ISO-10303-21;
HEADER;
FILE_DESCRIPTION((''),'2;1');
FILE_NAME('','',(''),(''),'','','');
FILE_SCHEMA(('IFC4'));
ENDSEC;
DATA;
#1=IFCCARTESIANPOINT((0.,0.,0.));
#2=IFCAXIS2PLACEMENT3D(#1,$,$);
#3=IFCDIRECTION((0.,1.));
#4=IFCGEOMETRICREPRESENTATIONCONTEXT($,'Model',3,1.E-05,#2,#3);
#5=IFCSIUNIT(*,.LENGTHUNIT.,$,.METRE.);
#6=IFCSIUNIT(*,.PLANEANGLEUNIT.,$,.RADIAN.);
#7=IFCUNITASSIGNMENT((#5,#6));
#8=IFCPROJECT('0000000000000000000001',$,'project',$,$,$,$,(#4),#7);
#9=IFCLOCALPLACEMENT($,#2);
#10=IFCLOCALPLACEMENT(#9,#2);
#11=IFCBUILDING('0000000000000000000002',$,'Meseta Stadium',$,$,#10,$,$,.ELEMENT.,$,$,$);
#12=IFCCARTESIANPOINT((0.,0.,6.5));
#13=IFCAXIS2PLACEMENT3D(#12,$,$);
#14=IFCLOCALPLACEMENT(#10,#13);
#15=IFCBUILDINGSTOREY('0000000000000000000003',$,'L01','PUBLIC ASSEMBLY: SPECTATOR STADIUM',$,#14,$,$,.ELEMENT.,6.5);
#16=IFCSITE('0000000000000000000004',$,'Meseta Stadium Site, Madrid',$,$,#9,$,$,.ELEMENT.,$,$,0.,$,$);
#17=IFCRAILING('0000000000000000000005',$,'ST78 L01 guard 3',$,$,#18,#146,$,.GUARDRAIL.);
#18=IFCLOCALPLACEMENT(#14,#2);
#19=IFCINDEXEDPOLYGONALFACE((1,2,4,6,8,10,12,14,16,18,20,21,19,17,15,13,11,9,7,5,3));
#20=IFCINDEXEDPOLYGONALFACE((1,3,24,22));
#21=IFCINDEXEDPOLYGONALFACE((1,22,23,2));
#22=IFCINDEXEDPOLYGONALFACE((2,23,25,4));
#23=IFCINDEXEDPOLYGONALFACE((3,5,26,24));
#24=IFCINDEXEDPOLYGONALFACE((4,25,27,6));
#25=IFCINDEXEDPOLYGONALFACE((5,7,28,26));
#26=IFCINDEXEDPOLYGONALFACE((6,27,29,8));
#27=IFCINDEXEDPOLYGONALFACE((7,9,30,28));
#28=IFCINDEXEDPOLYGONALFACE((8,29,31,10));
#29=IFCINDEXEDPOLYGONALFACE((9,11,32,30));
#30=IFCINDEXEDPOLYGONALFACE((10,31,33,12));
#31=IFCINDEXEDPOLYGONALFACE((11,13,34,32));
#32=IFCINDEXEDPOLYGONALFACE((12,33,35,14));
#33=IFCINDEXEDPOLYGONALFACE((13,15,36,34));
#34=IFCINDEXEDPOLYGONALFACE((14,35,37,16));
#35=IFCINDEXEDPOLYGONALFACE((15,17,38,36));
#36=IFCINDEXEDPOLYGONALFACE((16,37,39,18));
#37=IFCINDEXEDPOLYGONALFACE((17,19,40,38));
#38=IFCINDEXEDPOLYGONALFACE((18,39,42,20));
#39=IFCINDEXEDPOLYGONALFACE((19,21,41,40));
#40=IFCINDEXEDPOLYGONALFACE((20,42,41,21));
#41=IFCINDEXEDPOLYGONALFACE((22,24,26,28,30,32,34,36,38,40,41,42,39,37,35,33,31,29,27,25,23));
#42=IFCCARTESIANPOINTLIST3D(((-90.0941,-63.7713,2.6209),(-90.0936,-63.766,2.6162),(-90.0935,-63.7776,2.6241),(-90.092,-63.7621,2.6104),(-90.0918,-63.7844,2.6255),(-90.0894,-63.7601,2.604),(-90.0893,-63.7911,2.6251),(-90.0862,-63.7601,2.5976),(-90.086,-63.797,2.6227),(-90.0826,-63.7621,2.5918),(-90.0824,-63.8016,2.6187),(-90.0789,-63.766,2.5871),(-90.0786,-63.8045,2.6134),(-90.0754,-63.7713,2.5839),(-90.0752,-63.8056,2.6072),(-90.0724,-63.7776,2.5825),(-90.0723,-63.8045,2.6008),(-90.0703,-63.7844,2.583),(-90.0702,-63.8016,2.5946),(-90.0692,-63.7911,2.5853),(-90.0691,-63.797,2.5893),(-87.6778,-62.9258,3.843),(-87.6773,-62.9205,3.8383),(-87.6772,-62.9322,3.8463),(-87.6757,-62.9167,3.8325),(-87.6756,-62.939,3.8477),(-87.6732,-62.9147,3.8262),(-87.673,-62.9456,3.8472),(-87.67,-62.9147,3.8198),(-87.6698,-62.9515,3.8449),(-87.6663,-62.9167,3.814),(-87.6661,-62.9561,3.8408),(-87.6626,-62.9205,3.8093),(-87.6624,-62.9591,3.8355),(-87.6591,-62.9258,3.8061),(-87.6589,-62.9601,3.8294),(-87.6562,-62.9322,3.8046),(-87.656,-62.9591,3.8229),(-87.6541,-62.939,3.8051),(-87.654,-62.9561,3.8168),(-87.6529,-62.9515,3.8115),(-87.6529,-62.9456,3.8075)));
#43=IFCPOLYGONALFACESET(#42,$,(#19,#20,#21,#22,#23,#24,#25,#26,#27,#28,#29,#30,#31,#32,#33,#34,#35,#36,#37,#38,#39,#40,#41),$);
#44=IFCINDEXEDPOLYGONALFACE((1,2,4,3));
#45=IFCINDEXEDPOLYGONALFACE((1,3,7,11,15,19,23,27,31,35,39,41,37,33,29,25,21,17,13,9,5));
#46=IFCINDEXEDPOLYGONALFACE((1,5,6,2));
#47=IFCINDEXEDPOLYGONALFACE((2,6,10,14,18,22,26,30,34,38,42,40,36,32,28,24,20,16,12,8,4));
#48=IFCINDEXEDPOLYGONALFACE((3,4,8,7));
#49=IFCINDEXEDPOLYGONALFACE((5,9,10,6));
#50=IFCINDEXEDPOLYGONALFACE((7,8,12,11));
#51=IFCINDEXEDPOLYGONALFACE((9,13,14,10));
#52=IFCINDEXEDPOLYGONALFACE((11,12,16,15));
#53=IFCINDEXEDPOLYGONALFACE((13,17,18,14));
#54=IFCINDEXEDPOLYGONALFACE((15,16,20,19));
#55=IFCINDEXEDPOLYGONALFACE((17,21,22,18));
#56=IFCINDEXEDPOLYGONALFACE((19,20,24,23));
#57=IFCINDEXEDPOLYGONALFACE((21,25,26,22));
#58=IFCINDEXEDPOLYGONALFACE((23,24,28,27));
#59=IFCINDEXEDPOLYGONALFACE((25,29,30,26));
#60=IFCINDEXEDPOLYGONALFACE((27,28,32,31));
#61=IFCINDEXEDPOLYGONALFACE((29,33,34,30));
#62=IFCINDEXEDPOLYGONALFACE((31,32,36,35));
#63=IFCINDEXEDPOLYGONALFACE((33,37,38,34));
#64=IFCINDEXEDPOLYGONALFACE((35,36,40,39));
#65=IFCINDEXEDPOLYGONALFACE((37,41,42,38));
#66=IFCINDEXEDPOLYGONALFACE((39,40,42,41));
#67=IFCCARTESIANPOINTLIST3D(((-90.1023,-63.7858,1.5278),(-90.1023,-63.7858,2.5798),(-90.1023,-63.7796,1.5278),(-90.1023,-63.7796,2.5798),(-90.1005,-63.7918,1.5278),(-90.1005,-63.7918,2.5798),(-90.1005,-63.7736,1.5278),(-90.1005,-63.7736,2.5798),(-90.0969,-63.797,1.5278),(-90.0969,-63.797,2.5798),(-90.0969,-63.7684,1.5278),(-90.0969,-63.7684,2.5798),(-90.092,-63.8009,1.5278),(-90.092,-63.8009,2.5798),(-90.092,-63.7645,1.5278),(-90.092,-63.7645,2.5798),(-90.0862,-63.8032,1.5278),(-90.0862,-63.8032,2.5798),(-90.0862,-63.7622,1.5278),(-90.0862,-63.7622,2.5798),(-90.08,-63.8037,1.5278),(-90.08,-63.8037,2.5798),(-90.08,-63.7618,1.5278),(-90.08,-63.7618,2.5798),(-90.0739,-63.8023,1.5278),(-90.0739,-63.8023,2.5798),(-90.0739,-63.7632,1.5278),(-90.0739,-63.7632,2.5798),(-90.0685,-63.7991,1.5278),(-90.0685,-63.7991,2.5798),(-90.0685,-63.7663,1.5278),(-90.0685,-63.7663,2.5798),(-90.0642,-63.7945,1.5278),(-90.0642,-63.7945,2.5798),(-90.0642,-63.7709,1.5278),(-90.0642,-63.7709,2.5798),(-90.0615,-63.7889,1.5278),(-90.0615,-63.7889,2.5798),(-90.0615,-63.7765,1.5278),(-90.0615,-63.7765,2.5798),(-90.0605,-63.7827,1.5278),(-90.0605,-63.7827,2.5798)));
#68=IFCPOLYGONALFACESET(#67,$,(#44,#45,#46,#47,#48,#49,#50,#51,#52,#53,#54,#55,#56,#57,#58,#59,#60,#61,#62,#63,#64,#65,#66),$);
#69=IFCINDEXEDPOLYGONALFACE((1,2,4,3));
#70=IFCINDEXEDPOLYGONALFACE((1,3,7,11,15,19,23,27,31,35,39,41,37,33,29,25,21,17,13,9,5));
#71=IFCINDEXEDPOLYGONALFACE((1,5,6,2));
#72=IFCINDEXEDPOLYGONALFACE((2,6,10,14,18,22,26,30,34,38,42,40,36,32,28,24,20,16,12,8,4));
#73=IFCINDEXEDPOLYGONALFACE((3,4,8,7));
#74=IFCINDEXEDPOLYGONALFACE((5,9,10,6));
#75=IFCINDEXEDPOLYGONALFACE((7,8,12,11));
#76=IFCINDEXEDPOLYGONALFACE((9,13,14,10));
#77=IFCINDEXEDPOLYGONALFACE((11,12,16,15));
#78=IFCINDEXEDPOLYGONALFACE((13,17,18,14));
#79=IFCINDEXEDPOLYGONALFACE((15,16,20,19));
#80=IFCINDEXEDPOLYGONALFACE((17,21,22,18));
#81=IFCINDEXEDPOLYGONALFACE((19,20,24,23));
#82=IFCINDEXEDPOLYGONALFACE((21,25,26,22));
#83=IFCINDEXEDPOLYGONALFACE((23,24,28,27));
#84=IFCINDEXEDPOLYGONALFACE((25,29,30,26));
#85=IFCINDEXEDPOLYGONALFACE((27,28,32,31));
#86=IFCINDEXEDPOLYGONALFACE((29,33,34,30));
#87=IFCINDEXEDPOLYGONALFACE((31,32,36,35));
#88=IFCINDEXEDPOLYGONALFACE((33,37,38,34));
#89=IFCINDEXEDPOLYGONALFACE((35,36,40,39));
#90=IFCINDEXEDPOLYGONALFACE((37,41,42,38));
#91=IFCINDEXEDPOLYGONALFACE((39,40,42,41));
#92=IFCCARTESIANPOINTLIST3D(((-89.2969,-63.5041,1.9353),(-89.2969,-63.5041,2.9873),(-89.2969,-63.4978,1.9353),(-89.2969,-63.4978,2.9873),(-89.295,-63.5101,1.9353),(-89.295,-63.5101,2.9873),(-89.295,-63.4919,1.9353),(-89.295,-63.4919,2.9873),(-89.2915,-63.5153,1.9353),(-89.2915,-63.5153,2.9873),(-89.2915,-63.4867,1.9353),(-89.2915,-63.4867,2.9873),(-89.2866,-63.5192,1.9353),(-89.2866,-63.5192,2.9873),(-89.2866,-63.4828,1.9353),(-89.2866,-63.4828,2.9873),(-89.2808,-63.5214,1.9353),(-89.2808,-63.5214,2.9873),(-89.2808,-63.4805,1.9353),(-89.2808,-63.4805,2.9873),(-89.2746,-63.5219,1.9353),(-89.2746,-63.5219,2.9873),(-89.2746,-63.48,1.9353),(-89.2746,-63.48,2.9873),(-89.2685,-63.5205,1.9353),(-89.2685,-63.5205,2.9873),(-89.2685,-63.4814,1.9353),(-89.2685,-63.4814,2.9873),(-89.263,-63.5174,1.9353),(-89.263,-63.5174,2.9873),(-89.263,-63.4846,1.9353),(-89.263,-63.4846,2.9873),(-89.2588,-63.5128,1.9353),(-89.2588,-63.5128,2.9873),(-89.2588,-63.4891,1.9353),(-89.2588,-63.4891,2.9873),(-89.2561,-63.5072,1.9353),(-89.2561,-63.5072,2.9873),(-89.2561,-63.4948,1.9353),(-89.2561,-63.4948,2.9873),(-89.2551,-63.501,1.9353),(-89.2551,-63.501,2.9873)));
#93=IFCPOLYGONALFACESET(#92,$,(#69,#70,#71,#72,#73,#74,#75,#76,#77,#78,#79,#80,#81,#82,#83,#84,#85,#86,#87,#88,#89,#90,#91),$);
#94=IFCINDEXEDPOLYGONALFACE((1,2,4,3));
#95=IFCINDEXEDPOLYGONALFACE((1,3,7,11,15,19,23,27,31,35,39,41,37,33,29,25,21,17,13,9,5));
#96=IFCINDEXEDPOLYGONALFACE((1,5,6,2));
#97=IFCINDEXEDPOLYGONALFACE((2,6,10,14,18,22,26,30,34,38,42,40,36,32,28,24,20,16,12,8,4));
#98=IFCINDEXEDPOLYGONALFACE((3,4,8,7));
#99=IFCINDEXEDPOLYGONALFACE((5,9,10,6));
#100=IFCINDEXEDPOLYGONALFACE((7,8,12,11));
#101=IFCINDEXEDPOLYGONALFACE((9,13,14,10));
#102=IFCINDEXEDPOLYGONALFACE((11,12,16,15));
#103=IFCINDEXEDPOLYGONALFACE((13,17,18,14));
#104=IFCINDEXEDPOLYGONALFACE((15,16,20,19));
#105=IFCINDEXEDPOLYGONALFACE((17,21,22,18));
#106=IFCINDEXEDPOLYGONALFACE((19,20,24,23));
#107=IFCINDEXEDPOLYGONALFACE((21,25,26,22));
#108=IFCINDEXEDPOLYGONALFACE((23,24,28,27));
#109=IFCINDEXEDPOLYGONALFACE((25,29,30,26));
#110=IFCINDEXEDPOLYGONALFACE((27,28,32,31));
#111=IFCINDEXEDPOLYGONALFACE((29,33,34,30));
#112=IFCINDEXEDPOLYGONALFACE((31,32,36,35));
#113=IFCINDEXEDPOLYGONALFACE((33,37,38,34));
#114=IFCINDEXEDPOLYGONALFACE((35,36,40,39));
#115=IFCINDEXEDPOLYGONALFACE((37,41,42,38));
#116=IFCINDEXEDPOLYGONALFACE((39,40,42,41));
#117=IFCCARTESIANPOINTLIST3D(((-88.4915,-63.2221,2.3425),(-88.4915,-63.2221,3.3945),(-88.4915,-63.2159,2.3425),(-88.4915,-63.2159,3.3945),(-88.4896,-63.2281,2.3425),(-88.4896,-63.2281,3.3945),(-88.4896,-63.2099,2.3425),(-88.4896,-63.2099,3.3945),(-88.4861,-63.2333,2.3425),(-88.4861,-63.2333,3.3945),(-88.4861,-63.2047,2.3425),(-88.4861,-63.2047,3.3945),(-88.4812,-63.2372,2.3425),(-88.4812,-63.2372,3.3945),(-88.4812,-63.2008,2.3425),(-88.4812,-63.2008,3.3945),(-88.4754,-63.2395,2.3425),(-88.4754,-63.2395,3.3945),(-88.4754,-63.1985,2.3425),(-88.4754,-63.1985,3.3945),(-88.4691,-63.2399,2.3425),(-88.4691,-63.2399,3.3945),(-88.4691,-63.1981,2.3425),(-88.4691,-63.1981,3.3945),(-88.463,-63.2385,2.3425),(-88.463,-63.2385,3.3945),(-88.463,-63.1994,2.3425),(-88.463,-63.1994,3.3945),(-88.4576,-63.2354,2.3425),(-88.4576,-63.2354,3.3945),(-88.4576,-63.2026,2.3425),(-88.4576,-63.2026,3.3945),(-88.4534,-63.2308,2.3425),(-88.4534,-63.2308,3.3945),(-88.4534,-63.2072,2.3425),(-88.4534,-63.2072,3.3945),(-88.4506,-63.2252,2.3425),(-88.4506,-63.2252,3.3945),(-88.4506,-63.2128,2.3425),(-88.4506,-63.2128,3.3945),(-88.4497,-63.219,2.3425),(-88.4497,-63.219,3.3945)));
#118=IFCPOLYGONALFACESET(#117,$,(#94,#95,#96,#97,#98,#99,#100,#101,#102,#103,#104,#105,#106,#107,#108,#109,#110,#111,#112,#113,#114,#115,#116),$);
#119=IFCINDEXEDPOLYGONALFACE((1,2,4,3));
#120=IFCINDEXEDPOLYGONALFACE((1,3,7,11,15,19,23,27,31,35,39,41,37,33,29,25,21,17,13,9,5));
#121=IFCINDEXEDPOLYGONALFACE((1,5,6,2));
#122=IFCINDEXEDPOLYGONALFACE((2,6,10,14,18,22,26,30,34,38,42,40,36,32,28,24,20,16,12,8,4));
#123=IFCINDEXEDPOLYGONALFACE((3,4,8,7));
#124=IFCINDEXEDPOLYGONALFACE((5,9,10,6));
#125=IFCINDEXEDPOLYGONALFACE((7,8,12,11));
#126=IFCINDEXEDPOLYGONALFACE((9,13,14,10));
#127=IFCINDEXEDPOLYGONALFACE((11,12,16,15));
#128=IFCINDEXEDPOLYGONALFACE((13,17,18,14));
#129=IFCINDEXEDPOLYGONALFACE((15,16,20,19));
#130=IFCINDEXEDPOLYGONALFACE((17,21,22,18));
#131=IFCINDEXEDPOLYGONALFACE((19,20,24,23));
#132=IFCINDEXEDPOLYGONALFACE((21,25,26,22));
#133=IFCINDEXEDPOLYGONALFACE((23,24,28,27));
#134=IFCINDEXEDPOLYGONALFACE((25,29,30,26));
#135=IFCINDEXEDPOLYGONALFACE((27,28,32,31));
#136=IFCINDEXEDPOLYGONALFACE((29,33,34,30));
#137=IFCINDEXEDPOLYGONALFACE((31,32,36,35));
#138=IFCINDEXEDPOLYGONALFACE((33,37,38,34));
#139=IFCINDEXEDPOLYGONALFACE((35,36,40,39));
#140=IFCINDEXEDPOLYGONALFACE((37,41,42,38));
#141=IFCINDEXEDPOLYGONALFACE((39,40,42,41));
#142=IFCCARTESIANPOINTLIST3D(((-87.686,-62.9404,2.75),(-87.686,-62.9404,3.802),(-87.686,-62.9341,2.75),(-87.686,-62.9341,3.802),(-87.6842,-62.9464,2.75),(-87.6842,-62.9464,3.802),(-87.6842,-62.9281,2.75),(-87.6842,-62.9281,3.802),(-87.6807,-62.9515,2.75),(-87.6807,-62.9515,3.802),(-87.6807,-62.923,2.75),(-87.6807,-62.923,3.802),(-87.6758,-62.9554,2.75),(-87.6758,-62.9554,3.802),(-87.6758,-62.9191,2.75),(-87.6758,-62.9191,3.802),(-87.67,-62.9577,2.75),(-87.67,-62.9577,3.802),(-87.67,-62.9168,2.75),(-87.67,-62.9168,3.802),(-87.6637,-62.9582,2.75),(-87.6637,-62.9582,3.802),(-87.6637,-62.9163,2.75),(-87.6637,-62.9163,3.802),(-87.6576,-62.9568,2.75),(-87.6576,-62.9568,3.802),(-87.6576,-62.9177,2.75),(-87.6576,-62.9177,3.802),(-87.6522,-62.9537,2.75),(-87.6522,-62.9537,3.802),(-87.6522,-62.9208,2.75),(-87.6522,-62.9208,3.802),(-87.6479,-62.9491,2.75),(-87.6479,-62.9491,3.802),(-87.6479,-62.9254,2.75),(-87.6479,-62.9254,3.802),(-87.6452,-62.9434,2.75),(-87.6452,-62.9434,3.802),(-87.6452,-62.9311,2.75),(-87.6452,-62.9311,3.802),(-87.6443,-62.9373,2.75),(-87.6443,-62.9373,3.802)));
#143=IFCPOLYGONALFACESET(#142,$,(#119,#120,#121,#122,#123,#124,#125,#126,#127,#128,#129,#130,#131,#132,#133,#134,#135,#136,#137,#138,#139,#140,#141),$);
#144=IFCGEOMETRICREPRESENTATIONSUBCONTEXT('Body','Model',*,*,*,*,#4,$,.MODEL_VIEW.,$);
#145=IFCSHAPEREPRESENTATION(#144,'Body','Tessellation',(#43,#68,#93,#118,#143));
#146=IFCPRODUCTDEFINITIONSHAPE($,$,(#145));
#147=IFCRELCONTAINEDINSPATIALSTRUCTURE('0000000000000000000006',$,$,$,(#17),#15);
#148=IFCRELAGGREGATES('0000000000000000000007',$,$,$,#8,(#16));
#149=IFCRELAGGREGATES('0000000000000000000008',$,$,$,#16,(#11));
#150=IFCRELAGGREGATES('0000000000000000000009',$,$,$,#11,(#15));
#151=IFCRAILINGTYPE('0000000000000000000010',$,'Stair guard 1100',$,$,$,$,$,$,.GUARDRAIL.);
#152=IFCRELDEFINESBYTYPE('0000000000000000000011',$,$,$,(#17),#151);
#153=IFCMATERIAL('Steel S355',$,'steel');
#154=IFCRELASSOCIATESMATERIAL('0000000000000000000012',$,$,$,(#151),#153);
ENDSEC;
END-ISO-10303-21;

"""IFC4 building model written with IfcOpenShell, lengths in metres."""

from ifc_helpers import new_model, si_unit, direction, frame, origin, origin_2d, place, context, subcontext, project, spatial, circle, extrude, material, type_object, element, save


model = new_model("IFC4")

# Units and contexts
model_context = context("Model", 3, precision=1e-05, world=origin(), true_north=direction((0.0, 1.0)))
body_context = subcontext(model_context, "Body", "Model", "MODEL_VIEW")
ifc_project = project(units=[si_unit("LENGTHUNIT", "METRE"), si_unit("PLANEANGLEUNIT", "RADIAN")], contexts=[model_context])

# Site, building, storey
site_placement = place(None, origin())
site = spatial("IfcSite", under=ifc_project, at=site_placement, Name="Meseta Stadium Site, Madrid", CompositionType="ELEMENT", RefElevation=0.0)
building_placement = place(site_placement, origin())
building = spatial("IfcBuilding", under=site, at=building_placement, Name="Meseta Stadium", CompositionType="ELEMENT")
storey_placement = place(building_placement, frame((0.0, 0.0, 6.5)))
storey = spatial("IfcBuildingStorey", under=building, at=storey_placement, Name="L01", Description="PUBLIC ASSEMBLY: SPECTATOR STADIUM", CompositionType="ELEMENT", Elevation=6.5)

# Railing
ifc_material_1 = material(Name="Steel S355", Category="steel")
railing_type_1 = type_object("IfcRailingType", Name="Stair guard 1100", PredefinedType="GUARDRAIL", material=ifc_material_1)
railing_1_placement = place(storey_placement, frame((-90.0815, -63.7827, 1.5278)))
element("IfcRailing", 1, at=railing_1_placement, inside=storey, type_object=railing_type_1, Name="ST78 L01 guard 3", PredefinedType="GUARDRAIL", context=body_context, shape_type="SweptSolid", body=[
    extrude(circle(Radius=0.0239, at=origin_2d()), frame((0.0, 0.0, 1.0762), z_axis=(0.851789, 0.298044, 0.430843), x_axis=(-0.33027, 0.943887, 0.0)), (0.0, 0.0, 1.0), 2.8367),
    extrude(circle(Radius=0.021, at=origin_2d()), origin(), (0.0, 0.0, 1.0), 1.052),
    extrude(circle(Radius=0.021, at=origin_2d()), frame((0.8054, 0.2817, 0.4075)), (0.0, 0.0, 1.0), 1.052),
    extrude(circle(Radius=0.021, at=origin_2d()), frame((1.6108, 0.5637, 0.8147)), (0.0, 0.0, 1.0), 1.052),
    extrude(circle(Radius=0.021, at=origin_2d()), frame((2.4163, 0.8455, 1.2222)), (0.0, 0.0, 1.0), 1.052),
])

save(model, "model.ifc")
